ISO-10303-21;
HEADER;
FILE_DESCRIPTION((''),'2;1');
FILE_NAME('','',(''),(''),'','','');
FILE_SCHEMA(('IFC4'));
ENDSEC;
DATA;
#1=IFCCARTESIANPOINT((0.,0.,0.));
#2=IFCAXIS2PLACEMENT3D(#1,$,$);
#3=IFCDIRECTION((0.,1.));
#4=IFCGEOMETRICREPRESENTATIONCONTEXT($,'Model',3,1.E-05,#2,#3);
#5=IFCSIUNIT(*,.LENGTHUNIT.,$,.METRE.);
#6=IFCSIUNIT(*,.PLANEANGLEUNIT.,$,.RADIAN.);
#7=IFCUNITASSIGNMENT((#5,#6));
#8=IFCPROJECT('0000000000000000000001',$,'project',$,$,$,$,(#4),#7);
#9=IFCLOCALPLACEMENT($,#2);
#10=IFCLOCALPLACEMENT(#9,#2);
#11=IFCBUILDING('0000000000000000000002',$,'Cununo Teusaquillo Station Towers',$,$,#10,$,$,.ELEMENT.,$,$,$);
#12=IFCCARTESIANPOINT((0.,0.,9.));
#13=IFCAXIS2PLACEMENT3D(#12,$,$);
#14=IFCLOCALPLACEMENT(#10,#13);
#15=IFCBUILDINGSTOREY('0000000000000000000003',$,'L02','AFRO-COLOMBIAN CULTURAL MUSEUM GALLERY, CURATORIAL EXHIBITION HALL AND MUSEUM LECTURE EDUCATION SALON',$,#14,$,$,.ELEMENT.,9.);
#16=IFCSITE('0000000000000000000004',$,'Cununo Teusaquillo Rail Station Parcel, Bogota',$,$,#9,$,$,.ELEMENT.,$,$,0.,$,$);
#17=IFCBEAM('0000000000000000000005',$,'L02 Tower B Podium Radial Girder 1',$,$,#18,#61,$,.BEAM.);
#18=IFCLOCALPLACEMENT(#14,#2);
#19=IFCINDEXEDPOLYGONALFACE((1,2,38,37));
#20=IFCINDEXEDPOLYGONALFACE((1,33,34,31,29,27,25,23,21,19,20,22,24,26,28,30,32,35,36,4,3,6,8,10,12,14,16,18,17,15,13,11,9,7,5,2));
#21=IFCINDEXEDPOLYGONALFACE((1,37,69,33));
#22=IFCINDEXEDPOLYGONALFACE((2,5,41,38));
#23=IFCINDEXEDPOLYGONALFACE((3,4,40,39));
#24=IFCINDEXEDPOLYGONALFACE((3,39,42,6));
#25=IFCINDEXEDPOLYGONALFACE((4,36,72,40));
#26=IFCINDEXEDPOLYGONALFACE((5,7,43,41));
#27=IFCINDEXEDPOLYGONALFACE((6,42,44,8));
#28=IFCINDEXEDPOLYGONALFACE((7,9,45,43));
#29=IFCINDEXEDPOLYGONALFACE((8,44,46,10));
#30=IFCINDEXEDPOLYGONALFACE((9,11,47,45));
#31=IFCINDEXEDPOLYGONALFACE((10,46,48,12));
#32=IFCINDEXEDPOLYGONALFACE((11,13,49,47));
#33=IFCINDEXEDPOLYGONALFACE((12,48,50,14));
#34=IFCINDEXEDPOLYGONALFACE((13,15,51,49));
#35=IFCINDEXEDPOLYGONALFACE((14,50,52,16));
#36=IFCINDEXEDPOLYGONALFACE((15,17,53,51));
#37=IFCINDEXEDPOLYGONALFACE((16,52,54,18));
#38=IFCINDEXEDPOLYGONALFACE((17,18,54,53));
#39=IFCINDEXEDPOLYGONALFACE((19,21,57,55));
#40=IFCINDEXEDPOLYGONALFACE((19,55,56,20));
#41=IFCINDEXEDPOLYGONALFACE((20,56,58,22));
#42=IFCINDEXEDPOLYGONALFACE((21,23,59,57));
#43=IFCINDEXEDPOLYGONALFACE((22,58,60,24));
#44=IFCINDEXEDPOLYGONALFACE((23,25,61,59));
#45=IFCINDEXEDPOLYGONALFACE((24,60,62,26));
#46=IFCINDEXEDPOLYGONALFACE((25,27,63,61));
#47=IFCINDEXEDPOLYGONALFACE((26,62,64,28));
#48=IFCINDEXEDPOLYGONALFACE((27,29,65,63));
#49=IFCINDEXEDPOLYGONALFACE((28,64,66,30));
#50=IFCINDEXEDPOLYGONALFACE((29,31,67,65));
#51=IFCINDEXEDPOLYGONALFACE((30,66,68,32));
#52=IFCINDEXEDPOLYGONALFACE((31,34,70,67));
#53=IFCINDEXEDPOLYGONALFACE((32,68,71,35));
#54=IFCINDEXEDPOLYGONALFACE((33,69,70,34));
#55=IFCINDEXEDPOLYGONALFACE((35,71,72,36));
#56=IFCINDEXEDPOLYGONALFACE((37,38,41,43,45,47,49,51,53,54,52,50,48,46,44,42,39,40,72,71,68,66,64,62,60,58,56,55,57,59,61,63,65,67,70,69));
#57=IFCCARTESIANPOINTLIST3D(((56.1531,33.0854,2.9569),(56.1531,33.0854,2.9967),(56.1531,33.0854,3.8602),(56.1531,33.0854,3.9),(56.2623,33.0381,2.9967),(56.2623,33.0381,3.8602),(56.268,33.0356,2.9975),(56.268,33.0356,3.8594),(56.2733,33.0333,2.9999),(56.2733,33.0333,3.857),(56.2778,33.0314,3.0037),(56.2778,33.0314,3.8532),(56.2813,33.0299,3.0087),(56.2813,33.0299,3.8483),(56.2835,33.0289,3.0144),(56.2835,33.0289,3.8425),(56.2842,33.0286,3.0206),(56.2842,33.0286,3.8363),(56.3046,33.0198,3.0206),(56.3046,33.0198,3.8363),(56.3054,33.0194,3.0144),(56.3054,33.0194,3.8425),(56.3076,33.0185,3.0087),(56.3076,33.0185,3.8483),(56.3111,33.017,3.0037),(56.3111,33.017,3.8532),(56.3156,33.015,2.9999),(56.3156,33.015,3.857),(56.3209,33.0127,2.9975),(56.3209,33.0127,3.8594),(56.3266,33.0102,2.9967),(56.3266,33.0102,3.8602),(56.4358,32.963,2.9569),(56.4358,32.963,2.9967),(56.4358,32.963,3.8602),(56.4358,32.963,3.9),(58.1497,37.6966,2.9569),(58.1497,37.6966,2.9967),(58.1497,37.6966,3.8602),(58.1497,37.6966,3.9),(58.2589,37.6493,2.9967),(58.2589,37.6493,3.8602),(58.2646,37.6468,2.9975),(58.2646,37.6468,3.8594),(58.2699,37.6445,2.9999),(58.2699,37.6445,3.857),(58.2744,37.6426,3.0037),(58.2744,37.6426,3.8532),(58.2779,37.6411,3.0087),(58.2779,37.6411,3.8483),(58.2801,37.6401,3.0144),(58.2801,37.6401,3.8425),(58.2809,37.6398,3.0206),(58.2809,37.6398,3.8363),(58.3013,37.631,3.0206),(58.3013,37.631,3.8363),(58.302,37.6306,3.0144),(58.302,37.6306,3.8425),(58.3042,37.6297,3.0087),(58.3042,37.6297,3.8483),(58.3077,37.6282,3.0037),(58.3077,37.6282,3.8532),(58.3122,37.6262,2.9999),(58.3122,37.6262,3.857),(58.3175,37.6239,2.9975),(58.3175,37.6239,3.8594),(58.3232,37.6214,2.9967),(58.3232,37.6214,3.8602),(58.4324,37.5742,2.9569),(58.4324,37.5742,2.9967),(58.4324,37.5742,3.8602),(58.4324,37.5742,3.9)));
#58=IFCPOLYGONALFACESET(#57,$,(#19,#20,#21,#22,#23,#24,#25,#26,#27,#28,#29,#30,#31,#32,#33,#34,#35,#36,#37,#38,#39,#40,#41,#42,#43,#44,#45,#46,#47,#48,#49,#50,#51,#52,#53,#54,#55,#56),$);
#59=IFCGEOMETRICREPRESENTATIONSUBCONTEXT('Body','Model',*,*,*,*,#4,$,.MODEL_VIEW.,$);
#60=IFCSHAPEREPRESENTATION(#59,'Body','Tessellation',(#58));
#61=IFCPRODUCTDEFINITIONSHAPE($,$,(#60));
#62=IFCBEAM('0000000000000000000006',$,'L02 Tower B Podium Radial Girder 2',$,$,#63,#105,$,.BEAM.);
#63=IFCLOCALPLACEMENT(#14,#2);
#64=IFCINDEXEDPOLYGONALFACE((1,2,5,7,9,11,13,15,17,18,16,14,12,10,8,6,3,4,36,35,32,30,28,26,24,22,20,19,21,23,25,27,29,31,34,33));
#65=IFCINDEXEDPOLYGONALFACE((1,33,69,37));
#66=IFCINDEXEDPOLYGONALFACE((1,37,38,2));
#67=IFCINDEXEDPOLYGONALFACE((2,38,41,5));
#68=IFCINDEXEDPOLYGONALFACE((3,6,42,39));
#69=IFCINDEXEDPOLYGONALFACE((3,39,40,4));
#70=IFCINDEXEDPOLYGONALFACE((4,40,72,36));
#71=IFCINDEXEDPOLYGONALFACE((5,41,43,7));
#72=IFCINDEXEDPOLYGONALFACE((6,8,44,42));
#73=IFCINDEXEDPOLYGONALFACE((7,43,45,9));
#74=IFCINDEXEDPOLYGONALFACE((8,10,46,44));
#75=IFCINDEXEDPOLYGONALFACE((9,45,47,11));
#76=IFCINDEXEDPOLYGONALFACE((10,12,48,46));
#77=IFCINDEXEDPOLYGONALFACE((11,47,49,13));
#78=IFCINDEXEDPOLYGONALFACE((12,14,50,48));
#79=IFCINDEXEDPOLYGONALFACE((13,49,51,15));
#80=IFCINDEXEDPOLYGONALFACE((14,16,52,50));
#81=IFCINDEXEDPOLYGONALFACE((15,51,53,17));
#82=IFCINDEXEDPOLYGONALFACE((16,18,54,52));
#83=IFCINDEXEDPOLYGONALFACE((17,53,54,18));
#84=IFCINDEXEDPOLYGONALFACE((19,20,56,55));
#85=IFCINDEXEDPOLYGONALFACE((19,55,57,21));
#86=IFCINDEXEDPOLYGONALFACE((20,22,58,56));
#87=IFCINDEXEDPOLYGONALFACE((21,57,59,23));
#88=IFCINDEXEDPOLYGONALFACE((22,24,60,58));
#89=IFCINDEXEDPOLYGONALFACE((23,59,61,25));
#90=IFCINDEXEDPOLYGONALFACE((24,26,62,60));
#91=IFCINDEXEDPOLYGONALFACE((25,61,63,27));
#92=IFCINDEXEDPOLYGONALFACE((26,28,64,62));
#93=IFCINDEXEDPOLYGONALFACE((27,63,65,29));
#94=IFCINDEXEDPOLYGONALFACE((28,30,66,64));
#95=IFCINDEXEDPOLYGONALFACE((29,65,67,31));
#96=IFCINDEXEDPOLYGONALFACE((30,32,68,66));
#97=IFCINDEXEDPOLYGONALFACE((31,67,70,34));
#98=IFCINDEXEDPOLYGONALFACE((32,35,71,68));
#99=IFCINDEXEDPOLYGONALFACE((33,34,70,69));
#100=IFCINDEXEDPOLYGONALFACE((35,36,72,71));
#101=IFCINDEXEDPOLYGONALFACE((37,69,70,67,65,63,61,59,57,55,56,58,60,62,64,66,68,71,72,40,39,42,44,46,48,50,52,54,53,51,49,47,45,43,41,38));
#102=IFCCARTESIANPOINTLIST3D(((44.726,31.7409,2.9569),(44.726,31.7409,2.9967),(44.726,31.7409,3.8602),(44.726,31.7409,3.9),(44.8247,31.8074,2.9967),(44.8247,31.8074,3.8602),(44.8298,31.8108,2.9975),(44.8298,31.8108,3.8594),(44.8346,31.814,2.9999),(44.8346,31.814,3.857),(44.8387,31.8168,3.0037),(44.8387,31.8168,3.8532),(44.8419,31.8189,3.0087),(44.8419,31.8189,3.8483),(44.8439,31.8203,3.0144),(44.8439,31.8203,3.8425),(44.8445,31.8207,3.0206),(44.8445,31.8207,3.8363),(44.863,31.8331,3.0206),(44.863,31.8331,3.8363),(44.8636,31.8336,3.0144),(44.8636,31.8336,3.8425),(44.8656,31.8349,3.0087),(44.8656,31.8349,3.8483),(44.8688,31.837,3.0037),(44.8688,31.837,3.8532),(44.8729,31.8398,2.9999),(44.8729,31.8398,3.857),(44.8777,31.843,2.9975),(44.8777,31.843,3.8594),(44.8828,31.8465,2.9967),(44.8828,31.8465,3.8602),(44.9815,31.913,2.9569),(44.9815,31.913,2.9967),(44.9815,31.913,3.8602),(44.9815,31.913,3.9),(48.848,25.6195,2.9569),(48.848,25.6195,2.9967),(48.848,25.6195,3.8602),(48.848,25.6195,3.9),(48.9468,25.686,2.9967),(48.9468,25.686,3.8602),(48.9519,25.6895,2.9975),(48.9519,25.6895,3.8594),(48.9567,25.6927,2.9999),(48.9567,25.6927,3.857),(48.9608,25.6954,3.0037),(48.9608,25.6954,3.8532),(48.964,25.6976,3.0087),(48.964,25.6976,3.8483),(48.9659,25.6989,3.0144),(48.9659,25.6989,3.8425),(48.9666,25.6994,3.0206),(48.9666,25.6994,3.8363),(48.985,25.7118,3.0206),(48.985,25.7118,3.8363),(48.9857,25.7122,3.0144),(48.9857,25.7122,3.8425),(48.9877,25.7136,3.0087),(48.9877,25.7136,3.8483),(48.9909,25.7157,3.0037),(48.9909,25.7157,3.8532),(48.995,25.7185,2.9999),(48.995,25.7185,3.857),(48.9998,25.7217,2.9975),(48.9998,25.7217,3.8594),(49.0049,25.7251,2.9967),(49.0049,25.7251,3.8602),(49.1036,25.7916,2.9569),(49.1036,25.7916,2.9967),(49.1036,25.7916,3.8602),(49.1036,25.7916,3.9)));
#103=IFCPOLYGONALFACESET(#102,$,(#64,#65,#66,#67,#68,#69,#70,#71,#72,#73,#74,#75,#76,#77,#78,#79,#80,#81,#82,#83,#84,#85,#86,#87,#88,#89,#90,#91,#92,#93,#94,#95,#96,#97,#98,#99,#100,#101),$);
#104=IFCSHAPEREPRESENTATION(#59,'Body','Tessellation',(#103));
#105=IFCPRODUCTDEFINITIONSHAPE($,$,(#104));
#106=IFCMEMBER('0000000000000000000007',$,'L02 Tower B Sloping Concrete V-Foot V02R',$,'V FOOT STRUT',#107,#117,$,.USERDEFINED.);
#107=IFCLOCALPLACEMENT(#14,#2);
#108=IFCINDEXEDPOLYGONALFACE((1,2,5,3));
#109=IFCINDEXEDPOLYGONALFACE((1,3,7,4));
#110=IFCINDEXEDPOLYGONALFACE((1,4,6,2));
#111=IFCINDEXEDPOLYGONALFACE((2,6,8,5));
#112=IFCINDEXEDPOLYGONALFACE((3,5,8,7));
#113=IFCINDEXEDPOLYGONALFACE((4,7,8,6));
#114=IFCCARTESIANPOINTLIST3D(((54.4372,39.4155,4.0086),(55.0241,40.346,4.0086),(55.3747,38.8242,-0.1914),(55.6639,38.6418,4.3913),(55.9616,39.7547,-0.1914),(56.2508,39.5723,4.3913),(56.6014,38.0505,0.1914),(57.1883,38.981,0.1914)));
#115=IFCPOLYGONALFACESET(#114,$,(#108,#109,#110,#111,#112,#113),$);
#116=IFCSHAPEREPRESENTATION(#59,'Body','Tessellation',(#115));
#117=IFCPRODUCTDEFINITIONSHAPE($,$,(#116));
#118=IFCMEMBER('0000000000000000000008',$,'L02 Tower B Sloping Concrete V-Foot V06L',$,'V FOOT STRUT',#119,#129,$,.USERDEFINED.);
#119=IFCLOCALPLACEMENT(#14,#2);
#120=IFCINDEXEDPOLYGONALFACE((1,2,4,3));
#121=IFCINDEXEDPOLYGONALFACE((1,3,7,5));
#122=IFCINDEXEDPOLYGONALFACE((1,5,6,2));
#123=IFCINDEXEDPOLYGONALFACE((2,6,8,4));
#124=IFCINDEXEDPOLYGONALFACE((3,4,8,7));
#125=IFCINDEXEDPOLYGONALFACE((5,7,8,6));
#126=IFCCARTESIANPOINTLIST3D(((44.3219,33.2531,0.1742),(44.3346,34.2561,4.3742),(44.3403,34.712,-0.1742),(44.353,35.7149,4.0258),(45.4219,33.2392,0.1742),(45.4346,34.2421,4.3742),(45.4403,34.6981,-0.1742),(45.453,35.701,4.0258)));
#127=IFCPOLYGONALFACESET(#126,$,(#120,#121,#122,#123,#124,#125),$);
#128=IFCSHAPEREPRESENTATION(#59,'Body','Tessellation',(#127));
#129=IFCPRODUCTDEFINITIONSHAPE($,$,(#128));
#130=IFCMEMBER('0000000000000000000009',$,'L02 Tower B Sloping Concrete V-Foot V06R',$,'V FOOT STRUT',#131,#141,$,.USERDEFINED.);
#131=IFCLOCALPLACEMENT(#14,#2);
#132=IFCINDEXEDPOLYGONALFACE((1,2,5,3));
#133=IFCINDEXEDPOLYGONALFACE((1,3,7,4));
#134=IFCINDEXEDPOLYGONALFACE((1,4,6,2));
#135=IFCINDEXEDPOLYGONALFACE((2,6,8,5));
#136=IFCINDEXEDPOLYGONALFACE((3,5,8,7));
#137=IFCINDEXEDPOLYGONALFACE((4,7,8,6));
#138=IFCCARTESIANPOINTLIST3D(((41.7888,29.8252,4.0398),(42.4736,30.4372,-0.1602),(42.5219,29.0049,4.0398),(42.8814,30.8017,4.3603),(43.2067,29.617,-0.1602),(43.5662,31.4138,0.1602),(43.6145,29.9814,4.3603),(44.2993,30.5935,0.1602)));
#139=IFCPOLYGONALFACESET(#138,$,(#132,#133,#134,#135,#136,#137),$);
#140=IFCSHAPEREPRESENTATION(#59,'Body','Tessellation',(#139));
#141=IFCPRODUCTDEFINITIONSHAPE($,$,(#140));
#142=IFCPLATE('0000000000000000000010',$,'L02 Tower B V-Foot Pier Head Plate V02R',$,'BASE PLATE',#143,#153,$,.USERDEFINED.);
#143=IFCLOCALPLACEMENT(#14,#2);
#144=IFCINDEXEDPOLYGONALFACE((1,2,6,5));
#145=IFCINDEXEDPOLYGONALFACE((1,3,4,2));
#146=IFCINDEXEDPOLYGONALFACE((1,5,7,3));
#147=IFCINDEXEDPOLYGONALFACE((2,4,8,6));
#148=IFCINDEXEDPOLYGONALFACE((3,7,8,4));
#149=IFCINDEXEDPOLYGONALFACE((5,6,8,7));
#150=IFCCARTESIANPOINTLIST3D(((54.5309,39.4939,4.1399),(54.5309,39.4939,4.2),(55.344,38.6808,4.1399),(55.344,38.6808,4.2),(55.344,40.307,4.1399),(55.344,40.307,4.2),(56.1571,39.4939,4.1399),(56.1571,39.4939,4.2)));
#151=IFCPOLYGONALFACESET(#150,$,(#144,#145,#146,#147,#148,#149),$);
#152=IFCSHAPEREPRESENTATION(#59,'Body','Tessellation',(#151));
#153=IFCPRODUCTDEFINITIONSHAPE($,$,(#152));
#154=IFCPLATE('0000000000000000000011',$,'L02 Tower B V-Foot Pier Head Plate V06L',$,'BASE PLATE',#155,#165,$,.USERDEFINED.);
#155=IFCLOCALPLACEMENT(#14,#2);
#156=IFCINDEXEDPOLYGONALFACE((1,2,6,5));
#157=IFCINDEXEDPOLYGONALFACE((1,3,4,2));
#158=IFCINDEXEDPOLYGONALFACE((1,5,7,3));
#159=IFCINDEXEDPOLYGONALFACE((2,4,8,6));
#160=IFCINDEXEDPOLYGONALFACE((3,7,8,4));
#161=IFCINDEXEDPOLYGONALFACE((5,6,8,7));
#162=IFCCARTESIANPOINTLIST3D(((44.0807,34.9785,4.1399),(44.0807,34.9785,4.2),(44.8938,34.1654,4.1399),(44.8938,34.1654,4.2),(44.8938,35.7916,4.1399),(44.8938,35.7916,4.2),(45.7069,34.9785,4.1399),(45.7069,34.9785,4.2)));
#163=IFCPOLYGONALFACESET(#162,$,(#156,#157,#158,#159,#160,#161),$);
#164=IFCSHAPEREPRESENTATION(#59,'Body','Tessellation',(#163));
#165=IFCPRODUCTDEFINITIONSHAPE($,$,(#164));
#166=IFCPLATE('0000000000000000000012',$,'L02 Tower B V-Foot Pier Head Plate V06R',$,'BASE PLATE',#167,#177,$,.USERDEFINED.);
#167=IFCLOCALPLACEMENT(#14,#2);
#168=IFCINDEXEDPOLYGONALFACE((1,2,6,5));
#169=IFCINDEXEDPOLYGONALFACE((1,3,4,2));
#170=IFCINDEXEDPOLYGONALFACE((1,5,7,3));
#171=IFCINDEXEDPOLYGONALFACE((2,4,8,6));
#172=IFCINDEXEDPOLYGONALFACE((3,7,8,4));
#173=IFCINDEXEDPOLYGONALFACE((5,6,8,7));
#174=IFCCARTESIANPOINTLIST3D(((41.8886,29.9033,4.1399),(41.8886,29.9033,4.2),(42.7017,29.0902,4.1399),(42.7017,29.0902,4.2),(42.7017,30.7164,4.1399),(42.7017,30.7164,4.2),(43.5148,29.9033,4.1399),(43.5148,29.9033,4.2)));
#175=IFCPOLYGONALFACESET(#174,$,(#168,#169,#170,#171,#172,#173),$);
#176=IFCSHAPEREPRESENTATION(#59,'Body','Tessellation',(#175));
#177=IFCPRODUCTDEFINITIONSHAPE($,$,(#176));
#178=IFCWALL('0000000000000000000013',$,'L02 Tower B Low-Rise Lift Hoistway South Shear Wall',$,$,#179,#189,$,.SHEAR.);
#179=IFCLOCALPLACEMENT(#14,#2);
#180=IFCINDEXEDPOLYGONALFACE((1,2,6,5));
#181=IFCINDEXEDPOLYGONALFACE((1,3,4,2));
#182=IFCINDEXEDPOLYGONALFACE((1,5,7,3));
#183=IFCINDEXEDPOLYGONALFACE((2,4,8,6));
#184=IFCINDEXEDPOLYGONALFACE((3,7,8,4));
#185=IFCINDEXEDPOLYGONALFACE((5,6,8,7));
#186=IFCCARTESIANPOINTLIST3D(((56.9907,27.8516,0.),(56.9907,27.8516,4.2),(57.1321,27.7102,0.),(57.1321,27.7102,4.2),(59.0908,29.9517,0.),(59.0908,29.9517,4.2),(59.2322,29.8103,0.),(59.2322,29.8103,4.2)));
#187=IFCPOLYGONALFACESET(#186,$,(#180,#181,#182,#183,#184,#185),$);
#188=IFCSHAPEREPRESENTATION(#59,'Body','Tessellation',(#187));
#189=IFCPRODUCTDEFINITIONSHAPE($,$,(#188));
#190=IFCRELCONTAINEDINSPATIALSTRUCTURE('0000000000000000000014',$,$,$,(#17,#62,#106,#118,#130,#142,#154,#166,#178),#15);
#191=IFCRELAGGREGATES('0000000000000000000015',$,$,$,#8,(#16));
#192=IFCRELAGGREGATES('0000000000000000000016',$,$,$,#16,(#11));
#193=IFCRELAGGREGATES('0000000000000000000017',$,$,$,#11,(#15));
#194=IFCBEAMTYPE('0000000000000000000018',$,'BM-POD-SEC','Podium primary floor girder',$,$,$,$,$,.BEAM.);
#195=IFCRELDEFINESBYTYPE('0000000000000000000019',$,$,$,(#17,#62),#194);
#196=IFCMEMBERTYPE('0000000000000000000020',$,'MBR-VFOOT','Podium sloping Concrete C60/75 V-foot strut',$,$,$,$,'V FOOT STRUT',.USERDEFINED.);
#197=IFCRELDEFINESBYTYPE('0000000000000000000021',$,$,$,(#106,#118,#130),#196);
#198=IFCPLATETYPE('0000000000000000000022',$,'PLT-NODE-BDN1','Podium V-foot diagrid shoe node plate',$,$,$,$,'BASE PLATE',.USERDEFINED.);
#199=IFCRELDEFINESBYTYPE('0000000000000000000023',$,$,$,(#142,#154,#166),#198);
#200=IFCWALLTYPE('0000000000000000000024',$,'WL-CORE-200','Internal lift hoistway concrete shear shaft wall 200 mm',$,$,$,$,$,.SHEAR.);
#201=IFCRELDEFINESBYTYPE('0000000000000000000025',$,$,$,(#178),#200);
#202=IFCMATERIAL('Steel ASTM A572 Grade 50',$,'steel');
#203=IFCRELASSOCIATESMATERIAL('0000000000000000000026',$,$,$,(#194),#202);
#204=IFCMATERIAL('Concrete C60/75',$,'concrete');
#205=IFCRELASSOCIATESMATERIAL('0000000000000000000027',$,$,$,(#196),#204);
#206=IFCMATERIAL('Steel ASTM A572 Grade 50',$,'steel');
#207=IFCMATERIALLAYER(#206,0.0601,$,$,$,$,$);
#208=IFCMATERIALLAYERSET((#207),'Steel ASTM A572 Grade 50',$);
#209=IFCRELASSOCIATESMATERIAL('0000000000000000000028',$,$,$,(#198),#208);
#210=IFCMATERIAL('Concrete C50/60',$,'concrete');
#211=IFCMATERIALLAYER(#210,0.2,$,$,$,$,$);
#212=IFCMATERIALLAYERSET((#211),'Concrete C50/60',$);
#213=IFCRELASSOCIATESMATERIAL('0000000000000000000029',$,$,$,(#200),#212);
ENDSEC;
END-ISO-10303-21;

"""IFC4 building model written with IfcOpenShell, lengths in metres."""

from ifc_helpers import new_model, si_unit, direction, frame, frame_2d, origin, origin_2d, place, context, subcontext, project, spatial, rectangle, i_section, extrude, source, transform, mapped, material, layer, layer_set, material_profile, profile_set, type_object, element, save


model = new_model("IFC4")

# Units and contexts
model_context = context("Model", 3, precision=1e-05, world=origin(), true_north=direction((0.0, 1.0)))
body_context = subcontext(model_context, "Body", "Model", "MODEL_VIEW")
ifc_project = project(units=[si_unit("LENGTHUNIT", "METRE"), si_unit("PLANEANGLEUNIT", "RADIAN")], contexts=[model_context])

# Site, building, storey
site_placement = place(None, origin())
site = spatial("IfcSite", under=ifc_project, at=site_placement, Name="Cununo Teusaquillo Rail Station Parcel, Bogota", CompositionType="ELEMENT", RefElevation=0.0)
building_placement = place(site_placement, origin())
building = spatial("IfcBuilding", under=site, at=building_placement, Name="Cununo Teusaquillo Station Towers", CompositionType="ELEMENT")
storey_placement = place(building_placement, frame((0.0, 0.0, 9.0)))
storey = spatial("IfcBuildingStorey", under=building, at=storey_placement, Name="L02", Description="AFRO-COLOMBIAN CULTURAL MUSEUM GALLERY, CURATORIAL EXHIBITION HALL AND MUSEUM LECTURE EDUCATION SALON", CompositionType="ELEMENT", Elevation=9.0)

# Beams
ifc_material_1 = material(Name="Steel ASTM A572 Grade 50", Category="steel")
ifc_material_profile_1 = material_profile(ifc_material_1, i_section(OverallWidth=0.3081, OverallDepth=0.9431, WebThickness=0.0222, FlangeThickness=0.0398, FilletRadius=0.0239, at=origin_2d()), Name="W36X232")
ifc_profile_set_1 = profile_set([ifc_material_profile_1], Name="Steel ASTM A572 Grade 50")
beam_type_1 = type_object("IfcBeamType", Name="BM-POD-SEC", Description="Podium primary floor girder", PredefinedType="BEAM", material=ifc_profile_set_1)
beam_1_placement = place(storey_placement, frame((56.2944, 33.0242, 3.4285), z_axis=(0.397347, 0.917668, 0.0), x_axis=(-0.917668, 0.397347, 0.0)))
element("IfcBeam", 1, at=beam_1_placement, inside=storey, type_object=beam_type_1, Name="L02 Tower B Podium Radial Girder 1", PredefinedType="BEAM", context=body_context, shape_type="SweptSolid", body=[
    extrude(i_section(OverallWidth=0.3081, OverallDepth=0.9431, WebThickness=0.0222, FlangeThickness=0.0398, FilletRadius=0.0239, at=origin_2d()), origin(), (0.0, 0.0, 1.0), 5.0249),
])
beam_2_placement = place(storey_placement, frame((48.9758, 25.7056, 3.4285), z_axis=(-0.558557, 0.829466, 0.0), x_axis=(-0.829466, -0.558557, 0.0)))
element("IfcBeam", 2, at=beam_2_placement, inside=storey, type_object=beam_type_1, Name="L02 Tower B Podium Radial Girder 2", PredefinedType="BEAM", context=body_context, shape_type="SweptSolid", body=[
    extrude(i_section(OverallWidth=0.3081, OverallDepth=0.9431, WebThickness=0.0222, FlangeThickness=0.0398, FilletRadius=0.0239, at=origin_2d()), origin(), (0.0, 0.0, 1.0), 7.3799),
])

# Members
ifc_material_2 = material(Name="Concrete C60/75", Category="concrete")
ifc_material_profile_2 = material_profile(ifc_material_2, rectangle(XDim=1.1001, YDim=1.5, at=origin_2d()), Name="RC-RECT-1500x1100")
ifc_profile_set_2 = profile_set([ifc_material_profile_2], Name="Concrete C60/75")
member_type = type_object("IfcMemberType", Name="MBR-VFOOT", Description="Podium sloping Concrete C60/75 V-foot strut", ElementType="V FOOT STRUT", PredefinedType="USERDEFINED", material=ifc_profile_set_2)
member_1_placement = place(storey_placement, frame((56.2815, 38.9026, 0.0), z_axis=(-0.215827, 0.136129, 0.966896), x_axis=(-0.533479, -0.845813, 0.0)))
element("IfcMember", 3, at=member_1_placement, inside=storey, type_object=member_type, Name="L02 Tower B Sloping Concrete V-Foot V02R", ObjectType="V FOOT STRUT", PredefinedType="USERDEFINED", context=body_context, shape_type="SweptSolid", body=[
    extrude(rectangle(XDim=1.1001, YDim=1.5, at=origin_2d()), origin(), (0.0, 0.0, 1.0), 4.3438),
])
member_2_placement = place(storey_placement, frame((44.8811, 33.9756, 0.0), z_axis=(0.00294, 0.232264, 0.972648), x_axis=(-0.99992, 0.012657, 0.0)))
element("IfcMember", 4, at=member_2_placement, inside=storey, type_object=member_type, Name="L02 Tower B Sloping Concrete V-Foot V06L", ObjectType="V FOOT STRUT", PredefinedType="USERDEFINED", context=body_context, shape_type="SweptSolid", body=[
    extrude(rectangle(XDim=1.1001, YDim=1.5, at=origin_2d()), origin(), (0.0, 0.0, 1.0), 4.3181),
])
member_3_placement = place(storey_placement, frame((43.3865, 30.5154, 0.0), z_axis=(-0.159289, -0.142366, 0.976913), x_axis=(0.666391, -0.745603, 0.0)))
element("IfcMember", 5, at=member_3_placement, inside=storey, type_object=member_type, Name="L02 Tower B Sloping Concrete V-Foot V06R", ObjectType="V FOOT STRUT", PredefinedType="USERDEFINED", context=body_context, shape_type="SweptSolid", body=[
    extrude(rectangle(XDim=1.1001, YDim=1.5, at=origin_2d()), origin(), (0.0, 0.0, 1.0), 4.2993),
])

# Plates
ifc_material_3 = material(Name="Steel ASTM A572 Grade 50", Category="steel")
ifc_layer_1 = layer(ifc_material_3, 0.0601)
ifc_layer_set_1 = layer_set([ifc_layer_1], Name="Steel ASTM A572 Grade 50")
plate_type = type_object("IfcPlateType", Name="PLT-NODE-BDN1", Description="Podium V-foot diagrid shoe node plate", ElementType="BASE PLATE", PredefinedType="USERDEFINED", material=ifc_layer_set_1)
shared_shape_1 = source(origin(), body_context, "Body", "SweptSolid", [
    extrude(rectangle(XDim=1.1499, YDim=1.1499, at=origin_2d()), origin(), (0.0, 0.0, 1.0), 0.0601),
])
for number, where, z_axis, x_axis, name in (
    (6, (55.344, 39.4939, 4.1399), (0.0, 0.0, 1.0), (0.707107, 0.707107, 0.0), "L02 Tower B V-Foot Pier Head Plate V02R"),
    (7, (44.8938, 34.9785, 4.1399), (0.0, 0.0, 1.0), (0.707107, 0.707107, 0.0), "L02 Tower B V-Foot Pier Head Plate V06L"),
    (8, (42.7017, 29.9033, 4.1399), (0.0, 0.0, 1.0), (0.707107, 0.707107, 0.0), "L02 Tower B V-Foot Pier Head Plate V06R"),
):
    element("IfcPlate", number, at=place(storey_placement, frame(where, z_axis=z_axis, x_axis=x_axis)), inside=storey, type_object=plate_type, Name=name, ObjectType="BASE PLATE", PredefinedType="USERDEFINED", context=body_context, shape_type="MappedRepresentation", body=[
        mapped(shared_shape_1, transform((0.0, 0.0, 0.0), x_axis=(1.0, 0.0, 0.0), y_axis=(0.0, 1.0, 0.0), z_axis=(0.0, 0.0, 1.0), scale=1.0)),
    ])

# Wall
ifc_material_4 = material(Name="Concrete C50/60", Category="concrete")
ifc_layer_2 = layer(ifc_material_4, 0.2)
ifc_layer_set_2 = layer_set([ifc_layer_2], Name="Concrete C50/60")
wall_type_1 = type_object("IfcWallType", Name="WL-CORE-200", Description="Internal lift hoistway concrete shear shaft wall 200 mm", PredefinedType="SHEAR", material=ifc_layer_set_2)
wall_1_placement = place(storey_placement, frame((57.0615, 27.781, 0.0), z_axis=(0.0, 0.0, 1.0), x_axis=(0.707107, 0.707107, 0.0)))
element("IfcWall", 9, at=wall_1_placement, inside=storey, type_object=wall_type_1, Name="L02 Tower B Low-Rise Lift Hoistway South Shear Wall", PredefinedType="SHEAR", context=body_context, shape_type="SweptSolid", body=[
    extrude(rectangle(XDim=2.97, YDim=0.2, at=frame_2d((1.4849, 0.0))), origin(), (0.0, 0.0, 1.0), 4.2),
])

save(model, "model.ifc")
